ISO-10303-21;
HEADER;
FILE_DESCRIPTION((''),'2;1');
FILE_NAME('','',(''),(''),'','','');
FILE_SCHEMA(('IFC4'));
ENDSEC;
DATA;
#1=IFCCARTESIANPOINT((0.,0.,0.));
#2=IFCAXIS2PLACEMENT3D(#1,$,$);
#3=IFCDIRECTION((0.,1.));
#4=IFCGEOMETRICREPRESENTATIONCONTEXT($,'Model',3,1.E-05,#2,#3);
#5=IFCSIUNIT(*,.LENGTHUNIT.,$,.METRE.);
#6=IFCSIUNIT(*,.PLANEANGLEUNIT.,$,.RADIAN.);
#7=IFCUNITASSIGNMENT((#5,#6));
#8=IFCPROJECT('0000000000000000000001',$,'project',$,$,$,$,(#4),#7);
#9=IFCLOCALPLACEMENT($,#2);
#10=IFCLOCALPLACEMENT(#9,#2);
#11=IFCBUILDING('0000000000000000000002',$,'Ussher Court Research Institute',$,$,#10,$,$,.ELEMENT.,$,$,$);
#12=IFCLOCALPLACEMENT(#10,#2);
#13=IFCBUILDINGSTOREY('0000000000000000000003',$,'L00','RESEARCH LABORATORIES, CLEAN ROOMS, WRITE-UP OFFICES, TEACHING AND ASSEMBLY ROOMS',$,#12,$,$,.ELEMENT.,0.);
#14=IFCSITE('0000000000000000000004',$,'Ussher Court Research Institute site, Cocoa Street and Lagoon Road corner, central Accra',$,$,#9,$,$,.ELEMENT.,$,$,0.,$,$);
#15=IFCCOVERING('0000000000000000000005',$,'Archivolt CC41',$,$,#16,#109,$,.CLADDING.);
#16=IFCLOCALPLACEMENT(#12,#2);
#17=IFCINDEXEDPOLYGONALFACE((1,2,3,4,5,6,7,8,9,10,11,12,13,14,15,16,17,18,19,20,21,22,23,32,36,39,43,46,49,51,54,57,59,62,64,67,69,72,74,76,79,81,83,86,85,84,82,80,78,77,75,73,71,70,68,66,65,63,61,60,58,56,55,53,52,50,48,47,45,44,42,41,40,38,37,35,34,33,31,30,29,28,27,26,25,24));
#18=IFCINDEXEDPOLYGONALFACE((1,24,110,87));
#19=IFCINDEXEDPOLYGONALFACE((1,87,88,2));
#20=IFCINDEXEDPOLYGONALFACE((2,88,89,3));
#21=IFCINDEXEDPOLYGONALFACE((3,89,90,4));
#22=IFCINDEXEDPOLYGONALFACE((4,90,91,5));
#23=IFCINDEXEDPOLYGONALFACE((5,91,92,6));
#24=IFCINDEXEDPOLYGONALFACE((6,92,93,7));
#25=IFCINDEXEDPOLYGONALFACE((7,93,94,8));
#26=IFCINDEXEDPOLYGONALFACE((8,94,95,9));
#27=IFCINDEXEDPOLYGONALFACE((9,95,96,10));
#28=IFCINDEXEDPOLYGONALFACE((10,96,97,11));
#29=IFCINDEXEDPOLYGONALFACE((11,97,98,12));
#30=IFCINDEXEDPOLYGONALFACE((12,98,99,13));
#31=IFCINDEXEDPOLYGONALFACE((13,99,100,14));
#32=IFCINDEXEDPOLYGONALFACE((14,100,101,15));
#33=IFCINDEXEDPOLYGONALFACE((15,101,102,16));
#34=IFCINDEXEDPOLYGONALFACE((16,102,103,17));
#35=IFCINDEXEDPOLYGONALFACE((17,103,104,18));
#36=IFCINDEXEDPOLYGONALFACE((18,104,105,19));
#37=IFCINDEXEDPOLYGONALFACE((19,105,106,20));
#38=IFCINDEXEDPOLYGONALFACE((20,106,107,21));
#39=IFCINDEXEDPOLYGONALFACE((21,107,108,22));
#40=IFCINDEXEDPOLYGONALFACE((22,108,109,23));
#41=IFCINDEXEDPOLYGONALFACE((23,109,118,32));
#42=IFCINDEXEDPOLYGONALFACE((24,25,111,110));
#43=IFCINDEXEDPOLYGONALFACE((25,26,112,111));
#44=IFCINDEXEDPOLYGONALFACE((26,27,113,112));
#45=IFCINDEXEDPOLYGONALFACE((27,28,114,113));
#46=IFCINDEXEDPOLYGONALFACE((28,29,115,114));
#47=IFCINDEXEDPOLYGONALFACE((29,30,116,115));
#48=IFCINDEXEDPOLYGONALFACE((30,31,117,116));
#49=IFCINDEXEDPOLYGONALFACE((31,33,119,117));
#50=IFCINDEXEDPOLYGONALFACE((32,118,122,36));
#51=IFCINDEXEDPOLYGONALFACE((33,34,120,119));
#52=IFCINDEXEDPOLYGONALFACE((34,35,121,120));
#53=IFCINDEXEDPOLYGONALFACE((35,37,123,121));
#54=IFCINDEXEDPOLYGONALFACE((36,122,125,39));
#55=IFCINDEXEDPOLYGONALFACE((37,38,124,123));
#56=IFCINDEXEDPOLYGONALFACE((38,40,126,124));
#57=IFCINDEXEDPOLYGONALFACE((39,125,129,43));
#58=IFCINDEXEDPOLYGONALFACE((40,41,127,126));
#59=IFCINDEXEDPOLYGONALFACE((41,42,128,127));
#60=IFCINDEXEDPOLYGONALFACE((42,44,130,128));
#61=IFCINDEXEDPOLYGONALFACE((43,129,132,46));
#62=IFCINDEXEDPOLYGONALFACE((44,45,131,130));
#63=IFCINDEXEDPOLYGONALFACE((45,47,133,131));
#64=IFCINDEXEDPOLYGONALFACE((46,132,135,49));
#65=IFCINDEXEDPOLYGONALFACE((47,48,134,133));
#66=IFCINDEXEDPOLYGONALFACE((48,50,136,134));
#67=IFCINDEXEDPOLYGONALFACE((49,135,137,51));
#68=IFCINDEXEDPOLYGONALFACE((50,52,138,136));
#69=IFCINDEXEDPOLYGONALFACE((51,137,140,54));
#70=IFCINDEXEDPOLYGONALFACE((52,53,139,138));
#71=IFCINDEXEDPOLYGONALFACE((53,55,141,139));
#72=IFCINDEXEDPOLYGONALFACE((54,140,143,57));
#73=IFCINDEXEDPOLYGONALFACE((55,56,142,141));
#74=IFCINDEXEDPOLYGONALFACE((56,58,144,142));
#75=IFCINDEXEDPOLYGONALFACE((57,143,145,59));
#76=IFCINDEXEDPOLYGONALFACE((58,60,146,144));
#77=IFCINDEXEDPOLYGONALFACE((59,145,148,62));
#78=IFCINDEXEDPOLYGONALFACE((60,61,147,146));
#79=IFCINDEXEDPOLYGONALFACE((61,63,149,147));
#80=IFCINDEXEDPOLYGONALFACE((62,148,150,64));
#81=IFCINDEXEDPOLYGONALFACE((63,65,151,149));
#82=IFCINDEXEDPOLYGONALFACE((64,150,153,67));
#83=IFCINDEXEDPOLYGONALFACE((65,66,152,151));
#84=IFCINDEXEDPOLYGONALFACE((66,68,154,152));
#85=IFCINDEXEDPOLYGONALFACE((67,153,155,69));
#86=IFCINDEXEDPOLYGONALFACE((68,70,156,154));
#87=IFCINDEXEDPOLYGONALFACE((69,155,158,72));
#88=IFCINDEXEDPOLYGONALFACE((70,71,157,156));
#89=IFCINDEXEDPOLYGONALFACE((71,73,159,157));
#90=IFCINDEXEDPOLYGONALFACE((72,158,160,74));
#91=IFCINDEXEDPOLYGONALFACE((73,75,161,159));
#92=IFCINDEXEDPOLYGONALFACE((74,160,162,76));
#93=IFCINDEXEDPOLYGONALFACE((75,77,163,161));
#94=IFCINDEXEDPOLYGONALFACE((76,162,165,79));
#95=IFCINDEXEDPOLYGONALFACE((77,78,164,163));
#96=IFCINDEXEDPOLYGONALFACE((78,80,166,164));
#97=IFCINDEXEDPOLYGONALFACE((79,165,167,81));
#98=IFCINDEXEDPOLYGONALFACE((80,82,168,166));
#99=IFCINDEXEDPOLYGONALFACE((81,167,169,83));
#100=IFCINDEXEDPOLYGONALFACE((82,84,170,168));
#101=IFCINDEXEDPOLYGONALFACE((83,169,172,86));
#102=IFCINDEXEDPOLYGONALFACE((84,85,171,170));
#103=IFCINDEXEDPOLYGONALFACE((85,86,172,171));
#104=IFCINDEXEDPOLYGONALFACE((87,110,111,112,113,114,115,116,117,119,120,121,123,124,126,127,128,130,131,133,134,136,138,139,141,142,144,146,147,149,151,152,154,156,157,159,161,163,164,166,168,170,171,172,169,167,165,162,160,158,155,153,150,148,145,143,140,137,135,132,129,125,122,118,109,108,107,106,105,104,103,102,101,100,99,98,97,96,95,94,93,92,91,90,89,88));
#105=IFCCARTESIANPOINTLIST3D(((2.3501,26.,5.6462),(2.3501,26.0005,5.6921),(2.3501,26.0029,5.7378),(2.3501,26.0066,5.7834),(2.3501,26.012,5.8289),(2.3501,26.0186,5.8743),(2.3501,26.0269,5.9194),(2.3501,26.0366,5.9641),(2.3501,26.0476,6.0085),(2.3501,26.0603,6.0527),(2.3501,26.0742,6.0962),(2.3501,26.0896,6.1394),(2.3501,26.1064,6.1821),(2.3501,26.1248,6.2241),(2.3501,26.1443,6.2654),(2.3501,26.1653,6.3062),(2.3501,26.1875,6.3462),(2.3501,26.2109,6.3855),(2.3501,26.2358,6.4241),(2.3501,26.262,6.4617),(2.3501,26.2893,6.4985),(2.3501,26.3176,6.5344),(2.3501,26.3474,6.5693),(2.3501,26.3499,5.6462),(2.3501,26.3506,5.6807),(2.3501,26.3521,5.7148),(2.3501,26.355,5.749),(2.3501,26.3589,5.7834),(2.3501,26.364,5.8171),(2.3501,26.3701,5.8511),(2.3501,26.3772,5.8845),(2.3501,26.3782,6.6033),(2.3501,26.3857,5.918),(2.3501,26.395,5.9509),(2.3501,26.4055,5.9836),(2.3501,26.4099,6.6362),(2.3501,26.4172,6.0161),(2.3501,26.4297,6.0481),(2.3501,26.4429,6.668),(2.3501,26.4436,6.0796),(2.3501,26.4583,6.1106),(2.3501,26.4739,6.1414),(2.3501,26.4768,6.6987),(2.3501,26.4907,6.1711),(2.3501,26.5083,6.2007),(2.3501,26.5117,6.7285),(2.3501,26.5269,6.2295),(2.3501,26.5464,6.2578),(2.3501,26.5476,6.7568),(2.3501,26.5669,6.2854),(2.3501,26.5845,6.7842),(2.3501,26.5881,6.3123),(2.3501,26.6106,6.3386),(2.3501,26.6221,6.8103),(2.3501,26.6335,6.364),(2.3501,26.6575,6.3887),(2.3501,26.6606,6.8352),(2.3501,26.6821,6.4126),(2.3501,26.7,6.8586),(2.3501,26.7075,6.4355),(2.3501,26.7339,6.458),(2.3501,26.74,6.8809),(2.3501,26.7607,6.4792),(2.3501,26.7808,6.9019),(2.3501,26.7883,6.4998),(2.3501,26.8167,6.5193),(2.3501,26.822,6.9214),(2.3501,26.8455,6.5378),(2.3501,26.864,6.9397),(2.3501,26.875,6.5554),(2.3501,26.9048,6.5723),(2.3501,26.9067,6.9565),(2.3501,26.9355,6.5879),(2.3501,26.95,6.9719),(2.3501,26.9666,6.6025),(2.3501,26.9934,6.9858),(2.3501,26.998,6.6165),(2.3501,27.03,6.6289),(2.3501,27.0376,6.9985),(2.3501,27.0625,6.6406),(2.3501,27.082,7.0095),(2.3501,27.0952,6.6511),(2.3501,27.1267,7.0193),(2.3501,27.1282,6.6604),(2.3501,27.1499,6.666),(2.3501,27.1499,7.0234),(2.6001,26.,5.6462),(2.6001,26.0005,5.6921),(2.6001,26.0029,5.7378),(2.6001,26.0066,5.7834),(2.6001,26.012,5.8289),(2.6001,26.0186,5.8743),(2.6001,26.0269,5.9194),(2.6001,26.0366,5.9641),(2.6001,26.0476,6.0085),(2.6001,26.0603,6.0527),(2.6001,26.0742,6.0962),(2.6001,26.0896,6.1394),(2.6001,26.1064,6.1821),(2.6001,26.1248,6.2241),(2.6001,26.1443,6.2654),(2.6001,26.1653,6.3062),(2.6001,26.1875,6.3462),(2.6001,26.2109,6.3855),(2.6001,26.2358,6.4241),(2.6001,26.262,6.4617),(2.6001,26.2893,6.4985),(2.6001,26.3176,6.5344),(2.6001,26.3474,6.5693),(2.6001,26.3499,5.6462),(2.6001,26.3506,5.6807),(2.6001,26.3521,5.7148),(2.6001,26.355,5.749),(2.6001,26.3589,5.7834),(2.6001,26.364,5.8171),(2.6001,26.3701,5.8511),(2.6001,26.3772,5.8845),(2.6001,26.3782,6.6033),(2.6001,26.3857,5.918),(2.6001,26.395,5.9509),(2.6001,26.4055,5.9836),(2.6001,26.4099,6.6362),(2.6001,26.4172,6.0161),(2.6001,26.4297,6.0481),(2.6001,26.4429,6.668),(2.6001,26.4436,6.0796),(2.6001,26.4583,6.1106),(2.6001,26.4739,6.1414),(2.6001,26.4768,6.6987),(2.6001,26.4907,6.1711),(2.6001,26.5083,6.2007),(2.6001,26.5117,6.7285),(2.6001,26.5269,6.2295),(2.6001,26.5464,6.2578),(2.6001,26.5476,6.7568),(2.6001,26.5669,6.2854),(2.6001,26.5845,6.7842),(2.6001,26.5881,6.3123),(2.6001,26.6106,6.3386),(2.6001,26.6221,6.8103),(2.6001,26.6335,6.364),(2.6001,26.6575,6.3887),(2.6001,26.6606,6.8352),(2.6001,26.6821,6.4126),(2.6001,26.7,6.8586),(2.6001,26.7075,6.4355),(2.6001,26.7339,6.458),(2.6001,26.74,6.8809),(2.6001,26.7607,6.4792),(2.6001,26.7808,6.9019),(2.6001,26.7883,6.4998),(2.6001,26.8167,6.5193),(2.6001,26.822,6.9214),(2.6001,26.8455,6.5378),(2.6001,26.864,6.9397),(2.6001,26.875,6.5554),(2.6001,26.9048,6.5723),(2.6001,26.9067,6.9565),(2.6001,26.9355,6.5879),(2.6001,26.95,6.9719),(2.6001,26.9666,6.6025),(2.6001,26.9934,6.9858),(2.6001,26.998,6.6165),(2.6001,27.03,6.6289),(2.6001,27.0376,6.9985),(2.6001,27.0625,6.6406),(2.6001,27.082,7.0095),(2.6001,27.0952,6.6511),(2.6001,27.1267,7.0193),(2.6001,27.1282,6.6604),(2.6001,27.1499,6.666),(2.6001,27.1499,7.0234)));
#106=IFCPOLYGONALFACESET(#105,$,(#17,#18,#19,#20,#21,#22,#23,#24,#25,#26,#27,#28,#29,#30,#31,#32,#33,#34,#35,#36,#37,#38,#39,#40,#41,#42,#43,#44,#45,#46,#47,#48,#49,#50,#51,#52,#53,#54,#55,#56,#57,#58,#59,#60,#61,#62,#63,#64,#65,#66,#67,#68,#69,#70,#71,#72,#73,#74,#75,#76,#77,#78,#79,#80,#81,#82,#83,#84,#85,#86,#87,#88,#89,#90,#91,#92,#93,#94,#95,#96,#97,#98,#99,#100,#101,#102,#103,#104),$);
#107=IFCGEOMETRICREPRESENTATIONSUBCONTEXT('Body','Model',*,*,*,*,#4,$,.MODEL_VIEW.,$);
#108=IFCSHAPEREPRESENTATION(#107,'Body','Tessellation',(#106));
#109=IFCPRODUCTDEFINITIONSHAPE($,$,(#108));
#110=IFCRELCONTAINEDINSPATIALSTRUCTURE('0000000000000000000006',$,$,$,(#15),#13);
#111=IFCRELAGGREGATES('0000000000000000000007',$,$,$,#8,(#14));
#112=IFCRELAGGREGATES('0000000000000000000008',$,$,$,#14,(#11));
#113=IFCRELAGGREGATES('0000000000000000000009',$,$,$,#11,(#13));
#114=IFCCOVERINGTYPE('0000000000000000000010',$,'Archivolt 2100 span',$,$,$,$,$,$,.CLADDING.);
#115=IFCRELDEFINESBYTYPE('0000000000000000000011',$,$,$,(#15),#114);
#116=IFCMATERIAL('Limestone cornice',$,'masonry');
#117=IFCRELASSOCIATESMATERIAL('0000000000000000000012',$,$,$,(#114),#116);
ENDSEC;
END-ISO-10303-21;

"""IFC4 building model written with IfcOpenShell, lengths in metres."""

from ifc_helpers import new_model, si_unit, direction, frame, origin, place, context, subcontext, project, spatial, polyline, outline, extrude, material, type_object, element, save


model = new_model("IFC4")

# Units and contexts
model_context = context("Model", 3, precision=1e-05, world=origin(), true_north=direction((0.0, 1.0)))
body_context = subcontext(model_context, "Body", "Model", "MODEL_VIEW")
ifc_project = project(units=[si_unit("LENGTHUNIT", "METRE"), si_unit("PLANEANGLEUNIT", "RADIAN")], contexts=[model_context])

# Site, building, storey
site_placement = place(None, origin())
site = spatial("IfcSite", under=ifc_project, at=site_placement, Name="Ussher Court Research Institute site, Cocoa Street and Lagoon Road corner, central Accra", CompositionType="ELEMENT", RefElevation=0.0)
building_placement = place(site_placement, origin())
building = spatial("IfcBuilding", under=site, at=building_placement, Name="Ussher Court Research Institute", CompositionType="ELEMENT")
storey_placement = place(building_placement, origin())
storey = spatial("IfcBuildingStorey", under=building, at=storey_placement, Name="L00", Description="RESEARCH LABORATORIES, CLEAN ROOMS, WRITE-UP OFFICES, TEACHING AND ASSEMBLY ROOMS", CompositionType="ELEMENT", Elevation=0.0)

# Covering
ifc_material_1 = material(Name="Limestone cornice", Category="masonry")
covering_type_1 = type_object("IfcCoveringType", Name="Archivolt 2100 span", PredefinedType="CLADDING", material=ifc_material_1)
covering_1_placement = place(storey_placement, frame((2.3501, 27.3999, 5.6462), z_axis=(1.0, 0.0, 0.0), x_axis=(0.0, 1.0, 0.0)))
element("IfcCovering", 1, at=covering_1_placement, inside=storey, type_object=covering_type_1, Name="Archivolt CC41", PredefinedType="CLADDING", context=body_context, shape_type="SweptSolid", body=[
    extrude(outline(polyline([(-0.2732, 1.373), (-0.3179, 1.3633), (-0.3623, 1.3523), (-0.4065, 1.3396), (-0.45, 1.3257), (-0.4932, 1.3103), (-0.5359, 1.2935), (-0.5779, 1.2751), (-0.6191, 1.2556), (-0.6599, 1.2346), (-0.7, 1.2124), (-0.7393, 1.189), (-0.7778, 1.1641), (-0.8154, 1.1379), (-0.8523, 1.1106), (-0.8882, 1.0823), (-0.9231, 1.0525), (-0.957, 1.0217), (-0.99, 0.99), (-1.0217, 0.957), (-1.0525, 0.9231), (-1.0823, 0.8882), (-1.1106, 0.8523), (-1.1379, 0.8154), (-1.1641, 0.7778), (-1.189, 0.7393), (-1.2124, 0.7), (-1.2346, 0.6599), (-1.2556, 0.6191), (-1.2751, 0.5779), (-1.2935, 0.5359), (-1.3103, 0.4932), (-1.3257, 0.45), (-1.3396, 0.4065), (-1.3523, 0.3623), (-1.3633, 0.3179), (-1.373, 0.2732), (-1.3813, 0.228), (-1.3879, 0.1826), (-1.3933, 0.1372), (-1.397, 0.0916), (-1.3994, 0.0459), (-1.3999, 0.0), (-1.05, 0.0), (-1.0493, 0.0344), (-1.0479, 0.0686), (-1.0449, 0.1028), (-1.041, 0.1372), (-1.0359, 0.1709), (-1.0298, 0.2048), (-1.0227, 0.2383), (-1.0142, 0.2717), (-1.0049, 0.3047), (-0.9944, 0.3374), (-0.9827, 0.3699), (-0.9702, 0.4019), (-0.9563, 0.4333), (-0.9417, 0.4644), (-0.926, 0.4951), (-0.9092, 0.5249), (-0.8916, 0.5544), (-0.873, 0.5833), (-0.8535, 0.6116), (-0.833, 0.6392), (-0.8118, 0.666), (-0.7893, 0.6924), (-0.7664, 0.7178), (-0.7424, 0.7424), (-0.7178, 0.7664), (-0.6924, 0.7893), (-0.666, 0.8118), (-0.6392, 0.833), (-0.6116, 0.8535), (-0.5833, 0.873), (-0.5544, 0.8916), (-0.5249, 0.9092), (-0.4951, 0.926), (-0.4644, 0.9417), (-0.4333, 0.9563), (-0.4019, 0.9702), (-0.3699, 0.9827), (-0.3374, 0.9944), (-0.3047, 1.0049), (-0.2717, 1.0142), (-0.25, 1.0198), (-0.25, 1.3772), (-0.2732, 1.373)])), origin(), (0.0, 0.0, 1.0), 0.25),
])

save(model, "model.ifc")
